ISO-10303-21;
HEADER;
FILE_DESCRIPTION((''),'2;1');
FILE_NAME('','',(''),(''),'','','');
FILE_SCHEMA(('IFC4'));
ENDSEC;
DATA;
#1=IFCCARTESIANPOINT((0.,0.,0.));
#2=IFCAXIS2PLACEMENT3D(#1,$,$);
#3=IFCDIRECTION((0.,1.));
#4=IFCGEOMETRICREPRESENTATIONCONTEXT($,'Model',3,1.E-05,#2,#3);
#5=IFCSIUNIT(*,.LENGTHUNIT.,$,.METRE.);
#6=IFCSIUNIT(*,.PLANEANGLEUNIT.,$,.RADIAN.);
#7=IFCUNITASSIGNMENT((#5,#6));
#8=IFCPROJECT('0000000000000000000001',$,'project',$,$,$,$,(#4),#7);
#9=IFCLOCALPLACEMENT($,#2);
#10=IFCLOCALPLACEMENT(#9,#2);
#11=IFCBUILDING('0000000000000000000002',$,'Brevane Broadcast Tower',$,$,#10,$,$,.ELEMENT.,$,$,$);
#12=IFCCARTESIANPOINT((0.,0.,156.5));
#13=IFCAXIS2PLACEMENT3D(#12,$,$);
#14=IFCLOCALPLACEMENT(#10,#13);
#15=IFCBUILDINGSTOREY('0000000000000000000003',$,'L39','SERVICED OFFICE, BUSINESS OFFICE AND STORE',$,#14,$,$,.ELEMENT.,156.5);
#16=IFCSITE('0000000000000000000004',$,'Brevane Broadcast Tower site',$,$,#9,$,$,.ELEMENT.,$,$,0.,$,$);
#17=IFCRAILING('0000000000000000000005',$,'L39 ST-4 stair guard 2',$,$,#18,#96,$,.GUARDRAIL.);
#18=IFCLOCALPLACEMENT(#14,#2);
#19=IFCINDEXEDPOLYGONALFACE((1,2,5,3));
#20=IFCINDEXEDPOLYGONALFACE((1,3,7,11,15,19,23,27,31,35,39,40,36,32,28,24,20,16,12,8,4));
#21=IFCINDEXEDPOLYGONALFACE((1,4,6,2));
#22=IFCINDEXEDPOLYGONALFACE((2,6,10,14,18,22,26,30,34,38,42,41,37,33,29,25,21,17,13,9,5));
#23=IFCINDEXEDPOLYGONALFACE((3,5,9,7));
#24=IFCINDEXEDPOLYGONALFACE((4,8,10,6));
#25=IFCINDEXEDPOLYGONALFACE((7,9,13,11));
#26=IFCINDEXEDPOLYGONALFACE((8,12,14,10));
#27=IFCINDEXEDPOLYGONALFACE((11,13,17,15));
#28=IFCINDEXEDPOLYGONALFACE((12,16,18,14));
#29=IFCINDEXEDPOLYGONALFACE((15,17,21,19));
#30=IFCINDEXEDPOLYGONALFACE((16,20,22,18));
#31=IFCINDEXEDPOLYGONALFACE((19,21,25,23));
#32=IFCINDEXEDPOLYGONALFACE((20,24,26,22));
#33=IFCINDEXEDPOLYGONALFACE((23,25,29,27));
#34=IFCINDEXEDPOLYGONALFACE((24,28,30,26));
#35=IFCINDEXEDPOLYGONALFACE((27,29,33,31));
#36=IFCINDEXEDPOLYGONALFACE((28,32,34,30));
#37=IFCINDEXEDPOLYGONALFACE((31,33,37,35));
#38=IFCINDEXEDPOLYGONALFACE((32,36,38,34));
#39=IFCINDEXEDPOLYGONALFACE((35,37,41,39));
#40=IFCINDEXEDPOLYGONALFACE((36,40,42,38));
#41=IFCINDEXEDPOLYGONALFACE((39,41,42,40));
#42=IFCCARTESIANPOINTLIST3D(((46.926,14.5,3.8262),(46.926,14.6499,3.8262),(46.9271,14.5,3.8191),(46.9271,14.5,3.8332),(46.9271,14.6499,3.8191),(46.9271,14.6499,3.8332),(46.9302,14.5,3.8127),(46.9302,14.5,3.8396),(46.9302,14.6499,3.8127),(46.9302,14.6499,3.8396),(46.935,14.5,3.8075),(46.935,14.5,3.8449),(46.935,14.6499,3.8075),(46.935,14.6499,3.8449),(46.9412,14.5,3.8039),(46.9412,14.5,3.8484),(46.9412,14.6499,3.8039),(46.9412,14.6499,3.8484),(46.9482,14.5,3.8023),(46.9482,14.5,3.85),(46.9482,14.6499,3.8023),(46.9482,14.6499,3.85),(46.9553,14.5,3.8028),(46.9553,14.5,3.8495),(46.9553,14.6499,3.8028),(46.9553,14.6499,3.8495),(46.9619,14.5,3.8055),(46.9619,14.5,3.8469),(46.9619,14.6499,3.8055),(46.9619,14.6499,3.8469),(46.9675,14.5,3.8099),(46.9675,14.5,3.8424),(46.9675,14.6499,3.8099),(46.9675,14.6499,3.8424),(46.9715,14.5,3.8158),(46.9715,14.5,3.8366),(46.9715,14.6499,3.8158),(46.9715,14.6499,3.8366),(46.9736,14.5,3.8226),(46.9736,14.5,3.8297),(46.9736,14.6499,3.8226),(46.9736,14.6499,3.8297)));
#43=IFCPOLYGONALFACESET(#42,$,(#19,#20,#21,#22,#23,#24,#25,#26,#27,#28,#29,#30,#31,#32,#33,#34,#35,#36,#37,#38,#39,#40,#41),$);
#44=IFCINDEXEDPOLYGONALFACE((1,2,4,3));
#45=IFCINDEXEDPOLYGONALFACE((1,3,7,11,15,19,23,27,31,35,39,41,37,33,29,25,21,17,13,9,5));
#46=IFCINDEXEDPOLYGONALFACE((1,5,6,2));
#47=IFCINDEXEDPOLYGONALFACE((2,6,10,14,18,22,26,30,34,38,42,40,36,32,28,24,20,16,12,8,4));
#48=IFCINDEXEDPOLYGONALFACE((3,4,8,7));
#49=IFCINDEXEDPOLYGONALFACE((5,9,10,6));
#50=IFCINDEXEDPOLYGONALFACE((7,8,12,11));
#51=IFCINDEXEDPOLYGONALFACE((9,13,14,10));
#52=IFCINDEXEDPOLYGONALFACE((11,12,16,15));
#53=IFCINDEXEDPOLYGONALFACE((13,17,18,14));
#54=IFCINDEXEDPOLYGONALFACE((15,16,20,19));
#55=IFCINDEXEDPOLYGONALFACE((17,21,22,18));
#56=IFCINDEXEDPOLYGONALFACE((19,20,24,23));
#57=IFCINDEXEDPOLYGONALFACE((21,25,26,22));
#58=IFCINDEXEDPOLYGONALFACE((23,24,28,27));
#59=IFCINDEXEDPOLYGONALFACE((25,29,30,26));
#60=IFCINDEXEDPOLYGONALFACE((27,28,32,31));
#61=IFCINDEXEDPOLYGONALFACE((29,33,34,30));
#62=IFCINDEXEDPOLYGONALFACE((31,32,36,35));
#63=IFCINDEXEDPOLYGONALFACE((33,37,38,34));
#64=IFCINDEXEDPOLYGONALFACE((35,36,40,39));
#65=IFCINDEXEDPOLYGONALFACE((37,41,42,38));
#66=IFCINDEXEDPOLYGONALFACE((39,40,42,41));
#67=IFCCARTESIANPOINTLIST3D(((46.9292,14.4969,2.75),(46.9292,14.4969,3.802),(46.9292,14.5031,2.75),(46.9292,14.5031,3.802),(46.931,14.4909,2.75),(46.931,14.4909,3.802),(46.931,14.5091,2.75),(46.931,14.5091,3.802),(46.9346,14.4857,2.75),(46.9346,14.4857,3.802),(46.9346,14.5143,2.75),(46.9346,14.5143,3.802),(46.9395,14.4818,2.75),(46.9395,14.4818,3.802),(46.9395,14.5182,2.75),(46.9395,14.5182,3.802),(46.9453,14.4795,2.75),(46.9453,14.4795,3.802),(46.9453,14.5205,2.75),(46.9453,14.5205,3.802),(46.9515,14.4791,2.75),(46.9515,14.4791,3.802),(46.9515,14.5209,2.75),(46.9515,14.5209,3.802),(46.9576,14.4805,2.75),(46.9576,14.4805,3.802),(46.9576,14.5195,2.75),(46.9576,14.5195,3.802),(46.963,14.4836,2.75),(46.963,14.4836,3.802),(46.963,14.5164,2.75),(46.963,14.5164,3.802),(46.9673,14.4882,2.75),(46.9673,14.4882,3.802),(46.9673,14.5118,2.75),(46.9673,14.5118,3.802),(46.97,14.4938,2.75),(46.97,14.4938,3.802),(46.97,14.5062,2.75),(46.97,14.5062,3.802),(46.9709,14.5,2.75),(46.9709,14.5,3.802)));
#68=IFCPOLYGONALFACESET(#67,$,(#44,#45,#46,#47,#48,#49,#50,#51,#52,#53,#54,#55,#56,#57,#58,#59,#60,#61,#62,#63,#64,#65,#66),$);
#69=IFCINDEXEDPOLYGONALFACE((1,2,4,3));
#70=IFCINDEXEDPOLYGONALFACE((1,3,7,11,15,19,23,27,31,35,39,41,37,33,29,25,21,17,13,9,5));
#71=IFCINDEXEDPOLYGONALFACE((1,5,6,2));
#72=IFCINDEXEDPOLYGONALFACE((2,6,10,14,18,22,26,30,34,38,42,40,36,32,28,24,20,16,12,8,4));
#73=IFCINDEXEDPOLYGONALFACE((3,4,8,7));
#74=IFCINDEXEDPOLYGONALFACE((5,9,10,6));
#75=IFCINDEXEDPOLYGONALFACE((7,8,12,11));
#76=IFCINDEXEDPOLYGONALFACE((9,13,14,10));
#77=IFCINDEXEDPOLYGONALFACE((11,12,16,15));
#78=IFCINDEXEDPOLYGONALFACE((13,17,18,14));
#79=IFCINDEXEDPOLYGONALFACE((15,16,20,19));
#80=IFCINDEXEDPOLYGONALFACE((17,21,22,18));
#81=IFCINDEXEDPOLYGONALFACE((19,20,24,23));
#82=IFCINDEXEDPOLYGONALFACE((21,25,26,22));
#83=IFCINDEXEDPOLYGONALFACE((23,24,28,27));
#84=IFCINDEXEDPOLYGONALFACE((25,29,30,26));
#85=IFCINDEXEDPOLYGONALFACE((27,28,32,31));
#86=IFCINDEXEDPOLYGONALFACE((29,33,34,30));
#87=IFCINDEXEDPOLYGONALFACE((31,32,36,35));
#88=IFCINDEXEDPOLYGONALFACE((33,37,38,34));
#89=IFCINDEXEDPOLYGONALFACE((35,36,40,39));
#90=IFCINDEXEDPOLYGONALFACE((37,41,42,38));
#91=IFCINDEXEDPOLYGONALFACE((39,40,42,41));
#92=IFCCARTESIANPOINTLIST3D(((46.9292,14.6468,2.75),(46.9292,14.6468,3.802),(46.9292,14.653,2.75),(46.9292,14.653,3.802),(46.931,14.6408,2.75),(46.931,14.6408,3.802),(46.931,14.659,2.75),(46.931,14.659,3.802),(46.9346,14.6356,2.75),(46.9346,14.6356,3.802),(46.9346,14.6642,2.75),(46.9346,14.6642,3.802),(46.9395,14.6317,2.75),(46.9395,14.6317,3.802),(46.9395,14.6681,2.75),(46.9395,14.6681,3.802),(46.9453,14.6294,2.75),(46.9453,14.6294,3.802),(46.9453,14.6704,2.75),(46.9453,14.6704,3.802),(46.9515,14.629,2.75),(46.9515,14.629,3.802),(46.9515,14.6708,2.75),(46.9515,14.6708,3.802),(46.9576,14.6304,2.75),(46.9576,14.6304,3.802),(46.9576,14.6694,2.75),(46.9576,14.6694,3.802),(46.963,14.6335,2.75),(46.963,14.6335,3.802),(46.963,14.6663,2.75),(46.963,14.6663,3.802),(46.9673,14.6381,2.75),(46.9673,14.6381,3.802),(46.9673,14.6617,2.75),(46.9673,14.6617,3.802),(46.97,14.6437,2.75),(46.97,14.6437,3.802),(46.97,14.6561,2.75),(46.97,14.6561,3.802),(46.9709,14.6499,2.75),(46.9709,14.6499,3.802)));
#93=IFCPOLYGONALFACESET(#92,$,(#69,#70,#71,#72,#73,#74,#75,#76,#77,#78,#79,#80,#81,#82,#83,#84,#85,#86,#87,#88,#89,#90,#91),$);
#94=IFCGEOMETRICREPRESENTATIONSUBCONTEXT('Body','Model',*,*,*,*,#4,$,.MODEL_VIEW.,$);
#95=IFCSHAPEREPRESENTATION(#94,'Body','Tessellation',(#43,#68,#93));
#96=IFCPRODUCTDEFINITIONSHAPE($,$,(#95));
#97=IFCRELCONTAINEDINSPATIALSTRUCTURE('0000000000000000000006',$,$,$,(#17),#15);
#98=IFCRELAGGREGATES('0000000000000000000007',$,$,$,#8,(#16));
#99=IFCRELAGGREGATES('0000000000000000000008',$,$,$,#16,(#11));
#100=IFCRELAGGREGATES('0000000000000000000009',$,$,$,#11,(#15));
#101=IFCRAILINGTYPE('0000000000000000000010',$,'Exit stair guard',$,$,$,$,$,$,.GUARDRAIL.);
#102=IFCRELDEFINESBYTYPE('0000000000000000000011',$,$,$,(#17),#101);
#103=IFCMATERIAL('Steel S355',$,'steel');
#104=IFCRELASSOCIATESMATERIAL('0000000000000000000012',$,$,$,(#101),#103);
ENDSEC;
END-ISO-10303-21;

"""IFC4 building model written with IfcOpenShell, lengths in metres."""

from ifc_helpers import new_model, si_unit, direction, frame, origin, origin_2d, place, context, subcontext, project, spatial, circle, extrude, material, type_object, element, save


model = new_model("IFC4")

# Units and contexts
model_context = context("Model", 3, precision=1e-05, world=origin(), true_north=direction((0.0, 1.0)))
body_context = subcontext(model_context, "Body", "Model", "MODEL_VIEW")
ifc_project = project(units=[si_unit("LENGTHUNIT", "METRE"), si_unit("PLANEANGLEUNIT", "RADIAN")], contexts=[model_context])

# Site, building, storey
site_placement = place(None, origin())
site = spatial("IfcSite", under=ifc_project, at=site_placement, Name="Brevane Broadcast Tower site", CompositionType="ELEMENT", RefElevation=0.0)
building_placement = place(site_placement, origin())
building = spatial("IfcBuilding", under=site, at=building_placement, Name="Brevane Broadcast Tower", CompositionType="ELEMENT")
storey_placement = place(building_placement, frame((0.0, 0.0, 156.5)))
storey = spatial("IfcBuildingStorey", under=building, at=storey_placement, Name="L39", Description="SERVICED OFFICE, BUSINESS OFFICE AND STORE", CompositionType="ELEMENT", Elevation=156.5)

# Railing
ifc_material_1 = material(Name="Steel S355", Category="steel")
railing_type_1 = type_object("IfcRailingType", Name="Exit stair guard", PredefinedType="GUARDRAIL", material=ifc_material_1)
railing_1_placement = place(storey_placement, frame((46.95, 14.5, 2.75)))
element("IfcRailing", 1, at=railing_1_placement, inside=storey, type_object=railing_type_1, Name="L39 ST-4 stair guard 2", PredefinedType="GUARDRAIL", context=body_context, shape_type="SweptSolid", body=[
    extrude(circle(Radius=0.0239, at=origin_2d()), frame((0.0, 0.0, 1.0762), z_axis=(0.0, 1.0, 0.0), x_axis=(-1.0, 0.0, 0.0)), (0.0, 0.0, 1.0), 0.1499),
    extrude(circle(Radius=0.021, at=origin_2d()), origin(), (0.0, 0.0, 1.0), 1.052),
    extrude(circle(Radius=0.021, at=origin_2d()), frame((0.0, 0.1499, 0.0)), (0.0, 0.0, 1.0), 1.052),
])

save(model, "model.ifc")
